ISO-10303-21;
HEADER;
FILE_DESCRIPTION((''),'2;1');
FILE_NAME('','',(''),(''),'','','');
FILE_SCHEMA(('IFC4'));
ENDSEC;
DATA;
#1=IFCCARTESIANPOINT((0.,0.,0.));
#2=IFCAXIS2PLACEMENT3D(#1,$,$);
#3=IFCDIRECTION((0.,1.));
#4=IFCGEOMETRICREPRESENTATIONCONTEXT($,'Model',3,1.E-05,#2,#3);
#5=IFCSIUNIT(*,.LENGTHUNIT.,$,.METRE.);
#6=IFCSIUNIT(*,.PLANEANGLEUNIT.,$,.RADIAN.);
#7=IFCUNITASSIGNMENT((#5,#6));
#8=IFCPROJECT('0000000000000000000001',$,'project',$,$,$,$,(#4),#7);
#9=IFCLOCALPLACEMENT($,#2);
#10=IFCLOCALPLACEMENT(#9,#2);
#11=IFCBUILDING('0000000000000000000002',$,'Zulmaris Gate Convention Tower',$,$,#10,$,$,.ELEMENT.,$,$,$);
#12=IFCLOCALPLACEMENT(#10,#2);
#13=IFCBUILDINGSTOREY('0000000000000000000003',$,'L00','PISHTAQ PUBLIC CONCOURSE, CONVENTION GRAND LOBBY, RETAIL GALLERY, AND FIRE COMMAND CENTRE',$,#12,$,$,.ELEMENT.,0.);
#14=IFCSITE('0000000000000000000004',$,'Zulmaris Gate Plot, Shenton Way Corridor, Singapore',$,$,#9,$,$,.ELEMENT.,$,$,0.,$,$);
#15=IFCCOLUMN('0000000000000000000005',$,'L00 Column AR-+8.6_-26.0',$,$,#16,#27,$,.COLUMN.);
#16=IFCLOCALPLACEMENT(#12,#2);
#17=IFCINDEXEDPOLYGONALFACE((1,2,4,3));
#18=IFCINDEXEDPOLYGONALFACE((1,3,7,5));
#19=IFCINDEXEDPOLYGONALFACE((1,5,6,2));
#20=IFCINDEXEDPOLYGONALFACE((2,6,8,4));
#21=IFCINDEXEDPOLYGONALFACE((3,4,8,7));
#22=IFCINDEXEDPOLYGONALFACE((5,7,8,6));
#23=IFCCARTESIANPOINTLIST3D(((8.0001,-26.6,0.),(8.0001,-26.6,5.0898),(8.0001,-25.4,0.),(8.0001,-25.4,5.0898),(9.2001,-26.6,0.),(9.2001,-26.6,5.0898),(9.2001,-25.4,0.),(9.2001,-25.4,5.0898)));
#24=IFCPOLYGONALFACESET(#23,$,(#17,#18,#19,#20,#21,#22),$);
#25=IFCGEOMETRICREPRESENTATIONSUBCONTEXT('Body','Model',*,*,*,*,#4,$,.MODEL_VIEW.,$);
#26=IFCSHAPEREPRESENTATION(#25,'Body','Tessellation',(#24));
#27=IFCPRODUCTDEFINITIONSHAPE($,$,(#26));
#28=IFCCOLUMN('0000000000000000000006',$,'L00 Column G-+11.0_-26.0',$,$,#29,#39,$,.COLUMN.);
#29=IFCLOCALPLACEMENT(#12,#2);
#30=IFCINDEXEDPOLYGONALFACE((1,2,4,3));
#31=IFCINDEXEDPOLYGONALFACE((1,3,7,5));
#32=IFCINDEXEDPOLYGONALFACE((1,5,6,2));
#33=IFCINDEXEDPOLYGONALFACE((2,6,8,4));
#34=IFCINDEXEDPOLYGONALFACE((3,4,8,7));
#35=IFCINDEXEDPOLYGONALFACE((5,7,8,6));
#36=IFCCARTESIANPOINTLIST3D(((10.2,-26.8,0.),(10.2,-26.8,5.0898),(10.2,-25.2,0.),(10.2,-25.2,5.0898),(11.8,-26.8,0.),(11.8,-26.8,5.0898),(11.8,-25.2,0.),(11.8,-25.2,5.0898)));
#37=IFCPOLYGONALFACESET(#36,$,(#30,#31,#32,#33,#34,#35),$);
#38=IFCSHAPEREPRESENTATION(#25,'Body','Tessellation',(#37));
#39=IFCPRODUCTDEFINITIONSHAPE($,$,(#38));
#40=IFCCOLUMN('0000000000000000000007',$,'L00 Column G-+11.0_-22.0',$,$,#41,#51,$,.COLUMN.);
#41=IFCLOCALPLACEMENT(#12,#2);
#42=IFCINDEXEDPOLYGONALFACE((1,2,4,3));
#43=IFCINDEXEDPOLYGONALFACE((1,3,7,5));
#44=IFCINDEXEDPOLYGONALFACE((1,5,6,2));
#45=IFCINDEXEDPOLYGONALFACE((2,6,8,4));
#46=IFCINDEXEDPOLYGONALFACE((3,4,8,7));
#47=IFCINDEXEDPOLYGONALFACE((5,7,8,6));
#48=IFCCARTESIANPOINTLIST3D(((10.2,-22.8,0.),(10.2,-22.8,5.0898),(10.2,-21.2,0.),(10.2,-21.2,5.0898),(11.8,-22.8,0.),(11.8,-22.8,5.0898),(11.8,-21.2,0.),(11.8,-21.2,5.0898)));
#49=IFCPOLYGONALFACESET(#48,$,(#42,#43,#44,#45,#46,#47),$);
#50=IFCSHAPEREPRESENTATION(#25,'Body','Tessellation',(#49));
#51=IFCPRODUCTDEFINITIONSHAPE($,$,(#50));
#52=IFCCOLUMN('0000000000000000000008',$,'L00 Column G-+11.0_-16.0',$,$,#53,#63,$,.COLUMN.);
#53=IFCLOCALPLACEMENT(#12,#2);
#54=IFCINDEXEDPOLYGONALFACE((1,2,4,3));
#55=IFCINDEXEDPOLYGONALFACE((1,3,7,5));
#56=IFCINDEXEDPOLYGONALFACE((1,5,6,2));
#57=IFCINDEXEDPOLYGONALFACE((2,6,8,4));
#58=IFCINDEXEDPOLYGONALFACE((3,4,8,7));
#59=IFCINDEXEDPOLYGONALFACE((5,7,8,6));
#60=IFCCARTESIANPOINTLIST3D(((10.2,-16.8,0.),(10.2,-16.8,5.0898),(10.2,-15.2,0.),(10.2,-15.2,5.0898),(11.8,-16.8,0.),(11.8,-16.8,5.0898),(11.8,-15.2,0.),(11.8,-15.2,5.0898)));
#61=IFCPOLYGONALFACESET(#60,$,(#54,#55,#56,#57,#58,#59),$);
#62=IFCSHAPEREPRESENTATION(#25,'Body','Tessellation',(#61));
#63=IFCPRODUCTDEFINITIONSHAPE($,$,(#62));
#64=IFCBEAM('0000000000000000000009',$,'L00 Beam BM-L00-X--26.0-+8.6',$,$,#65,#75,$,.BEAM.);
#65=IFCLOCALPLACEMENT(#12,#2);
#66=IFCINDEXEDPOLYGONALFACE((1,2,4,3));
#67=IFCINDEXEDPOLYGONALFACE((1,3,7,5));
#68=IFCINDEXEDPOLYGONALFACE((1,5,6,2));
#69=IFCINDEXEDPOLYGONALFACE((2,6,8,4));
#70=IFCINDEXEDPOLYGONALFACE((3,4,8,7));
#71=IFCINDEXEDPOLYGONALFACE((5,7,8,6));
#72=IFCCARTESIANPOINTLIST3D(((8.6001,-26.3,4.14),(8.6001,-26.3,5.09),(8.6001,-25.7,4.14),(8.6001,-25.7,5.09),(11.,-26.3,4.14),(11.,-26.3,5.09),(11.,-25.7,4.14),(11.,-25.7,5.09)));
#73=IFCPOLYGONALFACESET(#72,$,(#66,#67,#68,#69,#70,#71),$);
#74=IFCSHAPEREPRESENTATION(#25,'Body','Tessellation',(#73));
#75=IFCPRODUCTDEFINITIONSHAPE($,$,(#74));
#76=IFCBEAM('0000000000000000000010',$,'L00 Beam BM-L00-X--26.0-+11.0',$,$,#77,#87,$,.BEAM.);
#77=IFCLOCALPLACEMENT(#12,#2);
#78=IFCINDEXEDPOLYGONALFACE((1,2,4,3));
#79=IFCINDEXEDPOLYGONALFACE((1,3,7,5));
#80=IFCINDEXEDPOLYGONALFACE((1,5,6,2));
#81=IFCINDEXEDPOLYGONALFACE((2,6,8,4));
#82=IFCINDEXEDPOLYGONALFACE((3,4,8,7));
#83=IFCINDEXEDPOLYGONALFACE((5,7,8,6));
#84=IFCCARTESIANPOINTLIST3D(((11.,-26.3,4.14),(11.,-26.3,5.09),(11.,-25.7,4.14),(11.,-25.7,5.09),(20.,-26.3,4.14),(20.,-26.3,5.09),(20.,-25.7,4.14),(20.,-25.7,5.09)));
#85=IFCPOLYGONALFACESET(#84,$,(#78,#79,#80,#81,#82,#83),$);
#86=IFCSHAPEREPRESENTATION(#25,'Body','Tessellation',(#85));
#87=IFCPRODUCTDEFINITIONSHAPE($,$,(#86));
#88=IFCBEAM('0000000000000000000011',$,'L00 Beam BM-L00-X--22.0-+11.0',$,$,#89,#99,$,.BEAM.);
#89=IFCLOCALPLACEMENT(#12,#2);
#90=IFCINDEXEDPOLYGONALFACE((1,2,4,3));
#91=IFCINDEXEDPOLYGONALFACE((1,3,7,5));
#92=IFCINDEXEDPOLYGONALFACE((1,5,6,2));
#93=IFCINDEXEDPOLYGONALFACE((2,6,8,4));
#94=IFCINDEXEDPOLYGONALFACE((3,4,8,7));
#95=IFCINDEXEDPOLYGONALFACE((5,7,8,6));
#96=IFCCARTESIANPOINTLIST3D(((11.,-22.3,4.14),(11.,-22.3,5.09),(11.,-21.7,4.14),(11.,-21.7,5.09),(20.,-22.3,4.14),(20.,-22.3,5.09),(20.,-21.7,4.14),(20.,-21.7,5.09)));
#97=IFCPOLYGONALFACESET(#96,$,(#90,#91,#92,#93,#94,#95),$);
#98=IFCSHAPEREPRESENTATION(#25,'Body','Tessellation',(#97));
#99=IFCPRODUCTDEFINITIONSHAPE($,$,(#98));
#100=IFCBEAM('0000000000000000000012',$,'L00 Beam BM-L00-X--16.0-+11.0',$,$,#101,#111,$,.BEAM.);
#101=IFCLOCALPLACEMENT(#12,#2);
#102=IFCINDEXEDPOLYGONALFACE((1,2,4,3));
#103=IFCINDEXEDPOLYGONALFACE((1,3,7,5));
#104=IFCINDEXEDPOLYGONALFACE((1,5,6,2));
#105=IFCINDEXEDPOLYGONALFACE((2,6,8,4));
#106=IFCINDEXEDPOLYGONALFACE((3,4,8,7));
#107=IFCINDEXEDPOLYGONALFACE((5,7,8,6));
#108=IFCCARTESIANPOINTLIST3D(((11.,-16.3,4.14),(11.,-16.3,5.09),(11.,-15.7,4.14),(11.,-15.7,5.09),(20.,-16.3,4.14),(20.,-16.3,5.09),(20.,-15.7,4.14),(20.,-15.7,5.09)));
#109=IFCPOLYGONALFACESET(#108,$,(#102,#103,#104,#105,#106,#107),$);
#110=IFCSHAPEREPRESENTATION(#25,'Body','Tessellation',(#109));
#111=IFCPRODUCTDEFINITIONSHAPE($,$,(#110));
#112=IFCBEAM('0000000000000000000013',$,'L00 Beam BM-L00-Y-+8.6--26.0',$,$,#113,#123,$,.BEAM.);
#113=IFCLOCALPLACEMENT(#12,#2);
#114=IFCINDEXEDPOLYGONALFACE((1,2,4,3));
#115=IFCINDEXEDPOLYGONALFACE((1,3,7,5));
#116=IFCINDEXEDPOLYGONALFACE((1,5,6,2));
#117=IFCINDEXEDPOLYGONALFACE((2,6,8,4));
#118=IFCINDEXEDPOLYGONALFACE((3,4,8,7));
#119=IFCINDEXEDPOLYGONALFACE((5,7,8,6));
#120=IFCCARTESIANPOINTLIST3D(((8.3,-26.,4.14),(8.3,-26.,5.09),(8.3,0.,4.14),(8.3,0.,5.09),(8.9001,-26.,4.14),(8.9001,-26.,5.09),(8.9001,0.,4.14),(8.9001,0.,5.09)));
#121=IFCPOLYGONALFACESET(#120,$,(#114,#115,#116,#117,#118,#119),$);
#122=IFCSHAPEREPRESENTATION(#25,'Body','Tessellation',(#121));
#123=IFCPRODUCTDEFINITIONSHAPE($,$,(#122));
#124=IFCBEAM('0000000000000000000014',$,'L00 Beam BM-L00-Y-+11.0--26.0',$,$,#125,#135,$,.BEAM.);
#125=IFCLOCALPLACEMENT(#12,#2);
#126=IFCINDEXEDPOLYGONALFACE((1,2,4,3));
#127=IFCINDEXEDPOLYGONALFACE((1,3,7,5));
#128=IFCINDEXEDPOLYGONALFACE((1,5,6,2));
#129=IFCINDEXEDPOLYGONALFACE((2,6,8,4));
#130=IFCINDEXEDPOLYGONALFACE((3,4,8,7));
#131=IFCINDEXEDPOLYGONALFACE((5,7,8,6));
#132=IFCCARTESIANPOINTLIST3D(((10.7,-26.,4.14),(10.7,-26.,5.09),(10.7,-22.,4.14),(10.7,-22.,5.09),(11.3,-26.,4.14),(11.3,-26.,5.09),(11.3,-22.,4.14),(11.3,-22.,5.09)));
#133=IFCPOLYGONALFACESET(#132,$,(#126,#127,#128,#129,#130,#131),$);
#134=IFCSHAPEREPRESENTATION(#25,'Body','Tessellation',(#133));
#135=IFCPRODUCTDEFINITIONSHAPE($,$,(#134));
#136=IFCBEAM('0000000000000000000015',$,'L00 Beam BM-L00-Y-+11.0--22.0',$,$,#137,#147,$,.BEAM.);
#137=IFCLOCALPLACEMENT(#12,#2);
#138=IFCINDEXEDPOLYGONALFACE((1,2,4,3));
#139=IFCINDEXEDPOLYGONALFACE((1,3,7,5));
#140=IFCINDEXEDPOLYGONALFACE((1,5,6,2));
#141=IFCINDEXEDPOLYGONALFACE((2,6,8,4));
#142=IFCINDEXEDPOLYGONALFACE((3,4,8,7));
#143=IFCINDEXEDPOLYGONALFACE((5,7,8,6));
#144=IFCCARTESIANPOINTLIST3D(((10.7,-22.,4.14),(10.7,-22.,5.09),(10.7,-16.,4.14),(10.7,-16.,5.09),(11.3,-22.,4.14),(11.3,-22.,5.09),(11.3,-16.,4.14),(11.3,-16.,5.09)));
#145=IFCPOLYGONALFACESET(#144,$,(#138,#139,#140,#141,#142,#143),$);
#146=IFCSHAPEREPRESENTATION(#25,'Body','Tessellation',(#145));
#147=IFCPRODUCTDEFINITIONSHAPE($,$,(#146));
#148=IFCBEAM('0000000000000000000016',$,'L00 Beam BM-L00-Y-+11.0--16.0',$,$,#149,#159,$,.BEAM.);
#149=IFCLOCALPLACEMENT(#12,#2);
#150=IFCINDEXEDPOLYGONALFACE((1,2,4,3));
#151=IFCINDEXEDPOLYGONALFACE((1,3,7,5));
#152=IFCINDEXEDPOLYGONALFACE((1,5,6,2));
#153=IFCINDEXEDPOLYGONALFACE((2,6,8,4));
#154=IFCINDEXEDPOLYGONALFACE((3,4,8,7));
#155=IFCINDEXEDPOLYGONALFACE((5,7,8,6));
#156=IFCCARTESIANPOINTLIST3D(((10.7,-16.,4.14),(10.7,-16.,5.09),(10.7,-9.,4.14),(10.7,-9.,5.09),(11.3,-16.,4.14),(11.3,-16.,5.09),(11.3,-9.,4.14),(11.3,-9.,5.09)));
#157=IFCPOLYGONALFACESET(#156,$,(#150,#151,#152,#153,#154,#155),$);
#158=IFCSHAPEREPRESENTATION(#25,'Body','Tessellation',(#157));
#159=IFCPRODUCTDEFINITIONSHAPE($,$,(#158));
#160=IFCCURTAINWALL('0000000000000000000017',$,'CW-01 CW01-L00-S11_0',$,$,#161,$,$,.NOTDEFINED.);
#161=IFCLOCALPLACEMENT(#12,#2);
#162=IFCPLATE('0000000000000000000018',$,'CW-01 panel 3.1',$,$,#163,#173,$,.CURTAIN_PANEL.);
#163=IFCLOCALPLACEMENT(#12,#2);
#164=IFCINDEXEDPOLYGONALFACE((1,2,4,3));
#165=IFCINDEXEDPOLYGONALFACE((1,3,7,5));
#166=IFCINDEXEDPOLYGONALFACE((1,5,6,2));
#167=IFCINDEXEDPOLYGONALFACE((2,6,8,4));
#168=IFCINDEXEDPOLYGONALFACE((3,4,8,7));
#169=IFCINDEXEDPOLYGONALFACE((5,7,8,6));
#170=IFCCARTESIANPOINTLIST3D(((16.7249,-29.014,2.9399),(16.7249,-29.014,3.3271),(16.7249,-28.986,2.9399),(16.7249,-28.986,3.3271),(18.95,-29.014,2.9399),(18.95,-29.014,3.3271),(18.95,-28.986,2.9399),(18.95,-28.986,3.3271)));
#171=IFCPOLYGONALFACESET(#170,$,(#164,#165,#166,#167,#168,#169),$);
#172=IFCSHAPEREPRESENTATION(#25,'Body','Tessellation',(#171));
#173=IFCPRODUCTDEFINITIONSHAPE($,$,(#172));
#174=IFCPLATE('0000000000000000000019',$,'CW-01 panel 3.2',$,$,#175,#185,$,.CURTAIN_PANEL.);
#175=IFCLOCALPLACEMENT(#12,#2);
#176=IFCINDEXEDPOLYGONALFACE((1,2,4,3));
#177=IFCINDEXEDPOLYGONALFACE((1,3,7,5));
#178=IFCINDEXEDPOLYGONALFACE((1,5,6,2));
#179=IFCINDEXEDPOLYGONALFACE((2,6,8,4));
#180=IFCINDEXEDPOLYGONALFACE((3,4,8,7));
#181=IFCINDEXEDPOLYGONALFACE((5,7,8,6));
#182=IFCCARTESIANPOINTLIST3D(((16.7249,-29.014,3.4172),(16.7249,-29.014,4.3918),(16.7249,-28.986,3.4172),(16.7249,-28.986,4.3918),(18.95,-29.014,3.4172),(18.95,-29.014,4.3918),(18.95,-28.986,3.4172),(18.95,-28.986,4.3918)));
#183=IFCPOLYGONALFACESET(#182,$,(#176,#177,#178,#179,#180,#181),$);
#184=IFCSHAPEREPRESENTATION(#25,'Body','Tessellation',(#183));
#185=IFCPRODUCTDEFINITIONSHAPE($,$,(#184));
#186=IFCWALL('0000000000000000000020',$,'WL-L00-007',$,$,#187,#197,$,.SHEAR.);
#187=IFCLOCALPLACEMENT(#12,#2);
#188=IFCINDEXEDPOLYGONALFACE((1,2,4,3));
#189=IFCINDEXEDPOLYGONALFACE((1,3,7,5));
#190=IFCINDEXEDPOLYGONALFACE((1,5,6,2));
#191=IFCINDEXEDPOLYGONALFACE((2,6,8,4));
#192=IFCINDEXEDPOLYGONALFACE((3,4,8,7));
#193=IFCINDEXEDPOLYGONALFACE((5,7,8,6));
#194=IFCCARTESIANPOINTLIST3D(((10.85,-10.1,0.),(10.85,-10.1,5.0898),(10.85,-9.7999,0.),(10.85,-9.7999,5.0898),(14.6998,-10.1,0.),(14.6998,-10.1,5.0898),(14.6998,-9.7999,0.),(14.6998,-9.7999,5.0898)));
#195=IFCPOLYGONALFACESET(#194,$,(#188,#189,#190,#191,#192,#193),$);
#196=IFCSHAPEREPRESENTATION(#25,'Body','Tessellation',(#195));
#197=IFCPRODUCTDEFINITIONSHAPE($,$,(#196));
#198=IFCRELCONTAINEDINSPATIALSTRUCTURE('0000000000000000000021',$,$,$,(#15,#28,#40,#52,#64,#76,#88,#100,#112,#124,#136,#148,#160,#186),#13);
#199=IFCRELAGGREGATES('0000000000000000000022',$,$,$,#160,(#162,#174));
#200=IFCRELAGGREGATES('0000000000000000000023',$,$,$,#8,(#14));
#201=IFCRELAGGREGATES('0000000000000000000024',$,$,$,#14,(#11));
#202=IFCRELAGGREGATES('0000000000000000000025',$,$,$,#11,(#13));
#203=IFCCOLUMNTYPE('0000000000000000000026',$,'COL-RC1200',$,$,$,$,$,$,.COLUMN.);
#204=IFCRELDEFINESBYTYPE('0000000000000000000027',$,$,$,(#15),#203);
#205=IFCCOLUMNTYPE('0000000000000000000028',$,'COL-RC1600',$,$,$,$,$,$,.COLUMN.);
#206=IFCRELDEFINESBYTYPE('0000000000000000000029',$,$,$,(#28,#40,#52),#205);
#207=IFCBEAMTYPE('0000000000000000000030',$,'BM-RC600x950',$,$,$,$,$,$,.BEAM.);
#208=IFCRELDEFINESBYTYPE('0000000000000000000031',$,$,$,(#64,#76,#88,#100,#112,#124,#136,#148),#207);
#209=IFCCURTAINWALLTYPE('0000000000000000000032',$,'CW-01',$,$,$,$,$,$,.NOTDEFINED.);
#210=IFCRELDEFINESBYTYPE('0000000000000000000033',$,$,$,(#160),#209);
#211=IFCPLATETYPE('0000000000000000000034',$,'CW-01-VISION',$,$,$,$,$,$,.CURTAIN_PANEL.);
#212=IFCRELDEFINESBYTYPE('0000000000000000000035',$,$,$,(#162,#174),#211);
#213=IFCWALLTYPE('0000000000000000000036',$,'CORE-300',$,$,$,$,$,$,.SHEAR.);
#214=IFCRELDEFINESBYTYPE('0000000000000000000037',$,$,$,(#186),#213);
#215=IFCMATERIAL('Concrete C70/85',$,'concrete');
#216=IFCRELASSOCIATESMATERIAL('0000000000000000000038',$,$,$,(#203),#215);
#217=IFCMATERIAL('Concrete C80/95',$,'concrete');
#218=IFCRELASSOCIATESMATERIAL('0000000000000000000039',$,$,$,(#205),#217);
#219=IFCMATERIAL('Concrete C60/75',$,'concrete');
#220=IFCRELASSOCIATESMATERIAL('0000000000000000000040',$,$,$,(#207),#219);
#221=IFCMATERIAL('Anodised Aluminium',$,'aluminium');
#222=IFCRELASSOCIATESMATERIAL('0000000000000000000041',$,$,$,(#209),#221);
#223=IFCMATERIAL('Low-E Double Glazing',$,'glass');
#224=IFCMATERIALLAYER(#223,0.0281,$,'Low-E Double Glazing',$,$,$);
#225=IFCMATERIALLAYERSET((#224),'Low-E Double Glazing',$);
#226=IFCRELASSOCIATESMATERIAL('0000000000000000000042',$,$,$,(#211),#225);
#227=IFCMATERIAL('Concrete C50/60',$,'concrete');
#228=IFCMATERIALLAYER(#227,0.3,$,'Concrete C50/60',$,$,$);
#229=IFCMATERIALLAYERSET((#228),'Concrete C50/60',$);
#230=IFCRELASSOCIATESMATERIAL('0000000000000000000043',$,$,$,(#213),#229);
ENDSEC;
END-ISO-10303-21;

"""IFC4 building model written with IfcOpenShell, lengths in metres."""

from ifc_helpers import new_model, si_unit, direction, frame, frame_2d, origin, origin_2d, place, context, subcontext, project, spatial, rectangle, extrude, material, layer, layer_set, material_profile, profile_set, type_object, element, aggregate, save


model = new_model("IFC4")

# Units and contexts
model_context = context("Model", 3, precision=1e-05, world=origin(), true_north=direction((0.0, 1.0)))
body_context = subcontext(model_context, "Body", "Model", "MODEL_VIEW")
ifc_project = project(units=[si_unit("LENGTHUNIT", "METRE"), si_unit("PLANEANGLEUNIT", "RADIAN")], contexts=[model_context])

# Site, building, storey
site_placement = place(None, origin())
site = spatial("IfcSite", under=ifc_project, at=site_placement, Name="Zulmaris Gate Plot, Shenton Way Corridor, Singapore", CompositionType="ELEMENT", RefElevation=0.0)
building_placement = place(site_placement, origin())
building = spatial("IfcBuilding", under=site, at=building_placement, Name="Zulmaris Gate Convention Tower", CompositionType="ELEMENT")
storey_placement = place(building_placement, origin())
storey = spatial("IfcBuildingStorey", under=building, at=storey_placement, Name="L00", Description="PISHTAQ PUBLIC CONCOURSE, CONVENTION GRAND LOBBY, RETAIL GALLERY, AND FIRE COMMAND CENTRE", CompositionType="ELEMENT", Elevation=0.0)

# Columns
ifc_material_1 = material(Name="Concrete C70/85", Category="concrete")
ifc_material_profile_1 = material_profile(ifc_material_1, rectangle(XDim=1.2, YDim=1.2, at=origin_2d()), Name="RC COL 1200x1200")
ifc_profile_set_1 = profile_set([ifc_material_profile_1], Name="Concrete C70/85")
column_type_1 = type_object("IfcColumnType", Name="COL-RC1200", PredefinedType="COLUMN", material=ifc_profile_set_1)
column_placement = place(storey_placement, frame((8.6001, -26.0, 0.0), z_axis=(0.0, 0.0, 1.0), x_axis=(1.0, 0.0, 0.0)))
element("IfcColumn", 1, at=column_placement, inside=storey, type_object=column_type_1, Name="L00 Column AR-+8.6_-26.0", PredefinedType="COLUMN", context=body_context, shape_type="SweptSolid", body=[
    extrude(rectangle(XDim=1.2, YDim=1.2, at=origin_2d()), origin(), (0.0, 0.0, 1.0), 5.0898),
])
ifc_material_2 = material(Name="Concrete C80/95", Category="concrete")
ifc_material_profile_2 = material_profile(ifc_material_2, rectangle(XDim=1.6001, YDim=1.6001, at=origin_2d()), Name="RC COL 1600x1600")
ifc_profile_set_2 = profile_set([ifc_material_profile_2], Name="Concrete C80/95")
column_type_2 = type_object("IfcColumnType", Name="COL-RC1600", PredefinedType="COLUMN", material=ifc_profile_set_2)
for number, where, z_axis, x_axis, name in (
    (2, (11.0, -26.0, 0.0), (0.0, 0.0, 1.0), (1.0, 0.0, 0.0), "L00 Column G-+11.0_-26.0"),
    (3, (11.0, -22.0, 0.0), (0.0, 0.0, 1.0), (1.0, 0.0, 0.0), "L00 Column G-+11.0_-22.0"),
    (4, (11.0, -16.0, 0.0), (0.0, 0.0, 1.0), (1.0, 0.0, 0.0), "L00 Column G-+11.0_-16.0"),
):
    element("IfcColumn", number, at=place(storey_placement, frame(where, z_axis=z_axis, x_axis=x_axis)), inside=storey, type_object=column_type_2, Name=name, PredefinedType="COLUMN", context=body_context, shape_type="SweptSolid", body=[
        extrude(rectangle(XDim=1.6001, YDim=1.6001, at=origin_2d()), origin(), (0.0, 0.0, 1.0), 5.0898),
    ])

# Beams
ifc_material_3 = material(Name="Concrete C60/75", Category="concrete")
ifc_material_profile_3 = material_profile(ifc_material_3, rectangle(XDim=0.6001, YDim=0.95, at=origin_2d()), Name="RC BEAM 600x950")
ifc_profile_set_3 = profile_set([ifc_material_profile_3], Name="Concrete C60/75")
beam_type = type_object("IfcBeamType", Name="BM-RC600x950", PredefinedType="BEAM", material=ifc_profile_set_3)
beam_1_placement = place(storey_placement, frame((8.6001, -26.0, 4.615), z_axis=(1.0, 0.0, 0.0), x_axis=(0.0, 1.0, 0.0)))
element("IfcBeam", 5, at=beam_1_placement, inside=storey, type_object=beam_type, Name="L00 Beam BM-L00-X--26.0-+8.6", PredefinedType="BEAM", context=body_context, shape_type="SweptSolid", body=[
    extrude(rectangle(XDim=0.6001, YDim=0.95, at=origin_2d()), origin(), (0.0, 0.0, 1.0), 2.3999),
])
for number, where, z_axis, x_axis, name in (
    (6, (11.0, -26.0, 4.615), (1.0, 0.0, 0.0), (0.0, 1.0, 0.0), "L00 Beam BM-L00-X--26.0-+11.0"),
    (7, (11.0, -22.0, 4.615), (1.0, 0.0, 0.0), (0.0, 1.0, 0.0), "L00 Beam BM-L00-X--22.0-+11.0"),
    (8, (11.0, -16.0, 4.615), (1.0, 0.0, 0.0), (0.0, 1.0, 0.0), "L00 Beam BM-L00-X--16.0-+11.0"),
):
    element("IfcBeam", number, at=place(storey_placement, frame(where, z_axis=z_axis, x_axis=x_axis)), inside=storey, type_object=beam_type, Name=name, PredefinedType="BEAM", context=body_context, shape_type="SweptSolid", body=[
        extrude(rectangle(XDim=0.6001, YDim=0.95, at=origin_2d()), origin(), (0.0, 0.0, 1.0), 9.0),
    ])
beam_2_placement = place(storey_placement, frame((8.6001, -26.0, 4.615), z_axis=(0.0, 1.0, 0.0), x_axis=(-1.0, 0.0, 0.0)))
element("IfcBeam", 9, at=beam_2_placement, inside=storey, type_object=beam_type, Name="L00 Beam BM-L00-Y-+8.6--26.0", PredefinedType="BEAM", context=body_context, shape_type="SweptSolid", body=[
    extrude(rectangle(XDim=0.6001, YDim=0.95, at=origin_2d()), origin(), (0.0, 0.0, 1.0), 26.0),
])
beam_3_placement = place(storey_placement, frame((11.0, -26.0, 4.615), z_axis=(0.0, 1.0, 0.0), x_axis=(-1.0, 0.0, 0.0)))
element("IfcBeam", 10, at=beam_3_placement, inside=storey, type_object=beam_type, Name="L00 Beam BM-L00-Y-+11.0--26.0", PredefinedType="BEAM", context=body_context, shape_type="SweptSolid", body=[
    extrude(rectangle(XDim=0.6001, YDim=0.95, at=origin_2d()), origin(), (0.0, 0.0, 1.0), 4.0),
])
beam_4_placement = place(storey_placement, frame((11.0, -22.0, 4.615), z_axis=(0.0, 1.0, 0.0), x_axis=(-1.0, 0.0, 0.0)))
element("IfcBeam", 11, at=beam_4_placement, inside=storey, type_object=beam_type, Name="L00 Beam BM-L00-Y-+11.0--22.0", PredefinedType="BEAM", context=body_context, shape_type="SweptSolid", body=[
    extrude(rectangle(XDim=0.6001, YDim=0.95, at=origin_2d()), origin(), (0.0, 0.0, 1.0), 6.0),
])
beam_5_placement = place(storey_placement, frame((11.0, -16.0, 4.615), z_axis=(0.0, 1.0, 0.0), x_axis=(-1.0, 0.0, 0.0)))
element("IfcBeam", 12, at=beam_5_placement, inside=storey, type_object=beam_type, Name="L00 Beam BM-L00-Y-+11.0--16.0", PredefinedType="BEAM", context=body_context, shape_type="SweptSolid", body=[
    extrude(rectangle(XDim=0.6001, YDim=0.95, at=origin_2d()), origin(), (0.0, 0.0, 1.0), 7.0),
])

# Curtain wall, plates
ifc_material_4 = material(Name="Anodised Aluminium", Category="aluminium")
curtain_wall_type = type_object("IfcCurtainWallType", Name="CW-01", PredefinedType="NOTDEFINED", material=ifc_material_4)
curtain_wall_placement = place(storey_placement, origin())
curtain_wall = element("IfcCurtainWall", 13, at=curtain_wall_placement, inside=storey, type_object=curtain_wall_type, Name="CW-01 CW01-L00-S11_0", PredefinedType="NOTDEFINED")
ifc_material_5 = material(Name="Low-E Double Glazing", Category="glass")
ifc_layer_1 = layer(ifc_material_5, 0.0281, Name="Low-E Double Glazing")
ifc_layer_set_1 = layer_set([ifc_layer_1], Name="Low-E Double Glazing")
plate_type = type_object("IfcPlateType", Name="CW-01-VISION", PredefinedType="CURTAIN_PANEL", material=ifc_layer_set_1)
plate_1_placement = place(storey_placement, frame((17.8374, -29.0, 2.9399), z_axis=(0.0, 0.0, 1.0), x_axis=(1.0, 0.0, 0.0)))
plate_1 = element("IfcPlate", 14, at=plate_1_placement, type_object=plate_type, Name="CW-01 panel 3.1", PredefinedType="CURTAIN_PANEL", context=body_context, shape_type="SweptSolid", body=[
    extrude(rectangle(XDim=2.2251, YDim=0.0281, at=origin_2d()), origin(), (0.0, 0.0, 1.0), 0.3872),
])
plate_2_placement = place(storey_placement, frame((17.8374, -29.0, 3.4172), z_axis=(0.0, 0.0, 1.0), x_axis=(1.0, 0.0, 0.0)))
plate_2 = element("IfcPlate", 15, at=plate_2_placement, type_object=plate_type, Name="CW-01 panel 3.2", PredefinedType="CURTAIN_PANEL", context=body_context, shape_type="SweptSolid", body=[
    extrude(rectangle(XDim=2.2251, YDim=0.0281, at=origin_2d()), origin(), (0.0, 0.0, 1.0), 0.9746),
])
aggregate(curtain_wall, [plate_1, plate_2])

# Wall
ifc_material_6 = material(Name="Concrete C50/60", Category="concrete")
ifc_layer_2 = layer(ifc_material_6, 0.3, Name="Concrete C50/60")
ifc_layer_set_2 = layer_set([ifc_layer_2], Name="Concrete C50/60")
wall_type_1 = type_object("IfcWallType", Name="CORE-300", PredefinedType="SHEAR", material=ifc_layer_set_2)
wall_1_placement = place(storey_placement, frame((10.8501, -9.95, 0.0), z_axis=(0.0, 0.0, 1.0), x_axis=(1.0, 0.0, 0.0)))
element("IfcWall", 16, at=wall_1_placement, inside=storey, type_object=wall_type_1, Name="WL-L00-007", PredefinedType="SHEAR", context=body_context, shape_type="SweptSolid", body=[
    extrude(rectangle(XDim=3.8499, YDim=0.3, at=frame_2d((1.9248, 0.0))), origin(), (0.0, 0.0, 1.0), 5.0898),
])

save(model, "model.ifc")
